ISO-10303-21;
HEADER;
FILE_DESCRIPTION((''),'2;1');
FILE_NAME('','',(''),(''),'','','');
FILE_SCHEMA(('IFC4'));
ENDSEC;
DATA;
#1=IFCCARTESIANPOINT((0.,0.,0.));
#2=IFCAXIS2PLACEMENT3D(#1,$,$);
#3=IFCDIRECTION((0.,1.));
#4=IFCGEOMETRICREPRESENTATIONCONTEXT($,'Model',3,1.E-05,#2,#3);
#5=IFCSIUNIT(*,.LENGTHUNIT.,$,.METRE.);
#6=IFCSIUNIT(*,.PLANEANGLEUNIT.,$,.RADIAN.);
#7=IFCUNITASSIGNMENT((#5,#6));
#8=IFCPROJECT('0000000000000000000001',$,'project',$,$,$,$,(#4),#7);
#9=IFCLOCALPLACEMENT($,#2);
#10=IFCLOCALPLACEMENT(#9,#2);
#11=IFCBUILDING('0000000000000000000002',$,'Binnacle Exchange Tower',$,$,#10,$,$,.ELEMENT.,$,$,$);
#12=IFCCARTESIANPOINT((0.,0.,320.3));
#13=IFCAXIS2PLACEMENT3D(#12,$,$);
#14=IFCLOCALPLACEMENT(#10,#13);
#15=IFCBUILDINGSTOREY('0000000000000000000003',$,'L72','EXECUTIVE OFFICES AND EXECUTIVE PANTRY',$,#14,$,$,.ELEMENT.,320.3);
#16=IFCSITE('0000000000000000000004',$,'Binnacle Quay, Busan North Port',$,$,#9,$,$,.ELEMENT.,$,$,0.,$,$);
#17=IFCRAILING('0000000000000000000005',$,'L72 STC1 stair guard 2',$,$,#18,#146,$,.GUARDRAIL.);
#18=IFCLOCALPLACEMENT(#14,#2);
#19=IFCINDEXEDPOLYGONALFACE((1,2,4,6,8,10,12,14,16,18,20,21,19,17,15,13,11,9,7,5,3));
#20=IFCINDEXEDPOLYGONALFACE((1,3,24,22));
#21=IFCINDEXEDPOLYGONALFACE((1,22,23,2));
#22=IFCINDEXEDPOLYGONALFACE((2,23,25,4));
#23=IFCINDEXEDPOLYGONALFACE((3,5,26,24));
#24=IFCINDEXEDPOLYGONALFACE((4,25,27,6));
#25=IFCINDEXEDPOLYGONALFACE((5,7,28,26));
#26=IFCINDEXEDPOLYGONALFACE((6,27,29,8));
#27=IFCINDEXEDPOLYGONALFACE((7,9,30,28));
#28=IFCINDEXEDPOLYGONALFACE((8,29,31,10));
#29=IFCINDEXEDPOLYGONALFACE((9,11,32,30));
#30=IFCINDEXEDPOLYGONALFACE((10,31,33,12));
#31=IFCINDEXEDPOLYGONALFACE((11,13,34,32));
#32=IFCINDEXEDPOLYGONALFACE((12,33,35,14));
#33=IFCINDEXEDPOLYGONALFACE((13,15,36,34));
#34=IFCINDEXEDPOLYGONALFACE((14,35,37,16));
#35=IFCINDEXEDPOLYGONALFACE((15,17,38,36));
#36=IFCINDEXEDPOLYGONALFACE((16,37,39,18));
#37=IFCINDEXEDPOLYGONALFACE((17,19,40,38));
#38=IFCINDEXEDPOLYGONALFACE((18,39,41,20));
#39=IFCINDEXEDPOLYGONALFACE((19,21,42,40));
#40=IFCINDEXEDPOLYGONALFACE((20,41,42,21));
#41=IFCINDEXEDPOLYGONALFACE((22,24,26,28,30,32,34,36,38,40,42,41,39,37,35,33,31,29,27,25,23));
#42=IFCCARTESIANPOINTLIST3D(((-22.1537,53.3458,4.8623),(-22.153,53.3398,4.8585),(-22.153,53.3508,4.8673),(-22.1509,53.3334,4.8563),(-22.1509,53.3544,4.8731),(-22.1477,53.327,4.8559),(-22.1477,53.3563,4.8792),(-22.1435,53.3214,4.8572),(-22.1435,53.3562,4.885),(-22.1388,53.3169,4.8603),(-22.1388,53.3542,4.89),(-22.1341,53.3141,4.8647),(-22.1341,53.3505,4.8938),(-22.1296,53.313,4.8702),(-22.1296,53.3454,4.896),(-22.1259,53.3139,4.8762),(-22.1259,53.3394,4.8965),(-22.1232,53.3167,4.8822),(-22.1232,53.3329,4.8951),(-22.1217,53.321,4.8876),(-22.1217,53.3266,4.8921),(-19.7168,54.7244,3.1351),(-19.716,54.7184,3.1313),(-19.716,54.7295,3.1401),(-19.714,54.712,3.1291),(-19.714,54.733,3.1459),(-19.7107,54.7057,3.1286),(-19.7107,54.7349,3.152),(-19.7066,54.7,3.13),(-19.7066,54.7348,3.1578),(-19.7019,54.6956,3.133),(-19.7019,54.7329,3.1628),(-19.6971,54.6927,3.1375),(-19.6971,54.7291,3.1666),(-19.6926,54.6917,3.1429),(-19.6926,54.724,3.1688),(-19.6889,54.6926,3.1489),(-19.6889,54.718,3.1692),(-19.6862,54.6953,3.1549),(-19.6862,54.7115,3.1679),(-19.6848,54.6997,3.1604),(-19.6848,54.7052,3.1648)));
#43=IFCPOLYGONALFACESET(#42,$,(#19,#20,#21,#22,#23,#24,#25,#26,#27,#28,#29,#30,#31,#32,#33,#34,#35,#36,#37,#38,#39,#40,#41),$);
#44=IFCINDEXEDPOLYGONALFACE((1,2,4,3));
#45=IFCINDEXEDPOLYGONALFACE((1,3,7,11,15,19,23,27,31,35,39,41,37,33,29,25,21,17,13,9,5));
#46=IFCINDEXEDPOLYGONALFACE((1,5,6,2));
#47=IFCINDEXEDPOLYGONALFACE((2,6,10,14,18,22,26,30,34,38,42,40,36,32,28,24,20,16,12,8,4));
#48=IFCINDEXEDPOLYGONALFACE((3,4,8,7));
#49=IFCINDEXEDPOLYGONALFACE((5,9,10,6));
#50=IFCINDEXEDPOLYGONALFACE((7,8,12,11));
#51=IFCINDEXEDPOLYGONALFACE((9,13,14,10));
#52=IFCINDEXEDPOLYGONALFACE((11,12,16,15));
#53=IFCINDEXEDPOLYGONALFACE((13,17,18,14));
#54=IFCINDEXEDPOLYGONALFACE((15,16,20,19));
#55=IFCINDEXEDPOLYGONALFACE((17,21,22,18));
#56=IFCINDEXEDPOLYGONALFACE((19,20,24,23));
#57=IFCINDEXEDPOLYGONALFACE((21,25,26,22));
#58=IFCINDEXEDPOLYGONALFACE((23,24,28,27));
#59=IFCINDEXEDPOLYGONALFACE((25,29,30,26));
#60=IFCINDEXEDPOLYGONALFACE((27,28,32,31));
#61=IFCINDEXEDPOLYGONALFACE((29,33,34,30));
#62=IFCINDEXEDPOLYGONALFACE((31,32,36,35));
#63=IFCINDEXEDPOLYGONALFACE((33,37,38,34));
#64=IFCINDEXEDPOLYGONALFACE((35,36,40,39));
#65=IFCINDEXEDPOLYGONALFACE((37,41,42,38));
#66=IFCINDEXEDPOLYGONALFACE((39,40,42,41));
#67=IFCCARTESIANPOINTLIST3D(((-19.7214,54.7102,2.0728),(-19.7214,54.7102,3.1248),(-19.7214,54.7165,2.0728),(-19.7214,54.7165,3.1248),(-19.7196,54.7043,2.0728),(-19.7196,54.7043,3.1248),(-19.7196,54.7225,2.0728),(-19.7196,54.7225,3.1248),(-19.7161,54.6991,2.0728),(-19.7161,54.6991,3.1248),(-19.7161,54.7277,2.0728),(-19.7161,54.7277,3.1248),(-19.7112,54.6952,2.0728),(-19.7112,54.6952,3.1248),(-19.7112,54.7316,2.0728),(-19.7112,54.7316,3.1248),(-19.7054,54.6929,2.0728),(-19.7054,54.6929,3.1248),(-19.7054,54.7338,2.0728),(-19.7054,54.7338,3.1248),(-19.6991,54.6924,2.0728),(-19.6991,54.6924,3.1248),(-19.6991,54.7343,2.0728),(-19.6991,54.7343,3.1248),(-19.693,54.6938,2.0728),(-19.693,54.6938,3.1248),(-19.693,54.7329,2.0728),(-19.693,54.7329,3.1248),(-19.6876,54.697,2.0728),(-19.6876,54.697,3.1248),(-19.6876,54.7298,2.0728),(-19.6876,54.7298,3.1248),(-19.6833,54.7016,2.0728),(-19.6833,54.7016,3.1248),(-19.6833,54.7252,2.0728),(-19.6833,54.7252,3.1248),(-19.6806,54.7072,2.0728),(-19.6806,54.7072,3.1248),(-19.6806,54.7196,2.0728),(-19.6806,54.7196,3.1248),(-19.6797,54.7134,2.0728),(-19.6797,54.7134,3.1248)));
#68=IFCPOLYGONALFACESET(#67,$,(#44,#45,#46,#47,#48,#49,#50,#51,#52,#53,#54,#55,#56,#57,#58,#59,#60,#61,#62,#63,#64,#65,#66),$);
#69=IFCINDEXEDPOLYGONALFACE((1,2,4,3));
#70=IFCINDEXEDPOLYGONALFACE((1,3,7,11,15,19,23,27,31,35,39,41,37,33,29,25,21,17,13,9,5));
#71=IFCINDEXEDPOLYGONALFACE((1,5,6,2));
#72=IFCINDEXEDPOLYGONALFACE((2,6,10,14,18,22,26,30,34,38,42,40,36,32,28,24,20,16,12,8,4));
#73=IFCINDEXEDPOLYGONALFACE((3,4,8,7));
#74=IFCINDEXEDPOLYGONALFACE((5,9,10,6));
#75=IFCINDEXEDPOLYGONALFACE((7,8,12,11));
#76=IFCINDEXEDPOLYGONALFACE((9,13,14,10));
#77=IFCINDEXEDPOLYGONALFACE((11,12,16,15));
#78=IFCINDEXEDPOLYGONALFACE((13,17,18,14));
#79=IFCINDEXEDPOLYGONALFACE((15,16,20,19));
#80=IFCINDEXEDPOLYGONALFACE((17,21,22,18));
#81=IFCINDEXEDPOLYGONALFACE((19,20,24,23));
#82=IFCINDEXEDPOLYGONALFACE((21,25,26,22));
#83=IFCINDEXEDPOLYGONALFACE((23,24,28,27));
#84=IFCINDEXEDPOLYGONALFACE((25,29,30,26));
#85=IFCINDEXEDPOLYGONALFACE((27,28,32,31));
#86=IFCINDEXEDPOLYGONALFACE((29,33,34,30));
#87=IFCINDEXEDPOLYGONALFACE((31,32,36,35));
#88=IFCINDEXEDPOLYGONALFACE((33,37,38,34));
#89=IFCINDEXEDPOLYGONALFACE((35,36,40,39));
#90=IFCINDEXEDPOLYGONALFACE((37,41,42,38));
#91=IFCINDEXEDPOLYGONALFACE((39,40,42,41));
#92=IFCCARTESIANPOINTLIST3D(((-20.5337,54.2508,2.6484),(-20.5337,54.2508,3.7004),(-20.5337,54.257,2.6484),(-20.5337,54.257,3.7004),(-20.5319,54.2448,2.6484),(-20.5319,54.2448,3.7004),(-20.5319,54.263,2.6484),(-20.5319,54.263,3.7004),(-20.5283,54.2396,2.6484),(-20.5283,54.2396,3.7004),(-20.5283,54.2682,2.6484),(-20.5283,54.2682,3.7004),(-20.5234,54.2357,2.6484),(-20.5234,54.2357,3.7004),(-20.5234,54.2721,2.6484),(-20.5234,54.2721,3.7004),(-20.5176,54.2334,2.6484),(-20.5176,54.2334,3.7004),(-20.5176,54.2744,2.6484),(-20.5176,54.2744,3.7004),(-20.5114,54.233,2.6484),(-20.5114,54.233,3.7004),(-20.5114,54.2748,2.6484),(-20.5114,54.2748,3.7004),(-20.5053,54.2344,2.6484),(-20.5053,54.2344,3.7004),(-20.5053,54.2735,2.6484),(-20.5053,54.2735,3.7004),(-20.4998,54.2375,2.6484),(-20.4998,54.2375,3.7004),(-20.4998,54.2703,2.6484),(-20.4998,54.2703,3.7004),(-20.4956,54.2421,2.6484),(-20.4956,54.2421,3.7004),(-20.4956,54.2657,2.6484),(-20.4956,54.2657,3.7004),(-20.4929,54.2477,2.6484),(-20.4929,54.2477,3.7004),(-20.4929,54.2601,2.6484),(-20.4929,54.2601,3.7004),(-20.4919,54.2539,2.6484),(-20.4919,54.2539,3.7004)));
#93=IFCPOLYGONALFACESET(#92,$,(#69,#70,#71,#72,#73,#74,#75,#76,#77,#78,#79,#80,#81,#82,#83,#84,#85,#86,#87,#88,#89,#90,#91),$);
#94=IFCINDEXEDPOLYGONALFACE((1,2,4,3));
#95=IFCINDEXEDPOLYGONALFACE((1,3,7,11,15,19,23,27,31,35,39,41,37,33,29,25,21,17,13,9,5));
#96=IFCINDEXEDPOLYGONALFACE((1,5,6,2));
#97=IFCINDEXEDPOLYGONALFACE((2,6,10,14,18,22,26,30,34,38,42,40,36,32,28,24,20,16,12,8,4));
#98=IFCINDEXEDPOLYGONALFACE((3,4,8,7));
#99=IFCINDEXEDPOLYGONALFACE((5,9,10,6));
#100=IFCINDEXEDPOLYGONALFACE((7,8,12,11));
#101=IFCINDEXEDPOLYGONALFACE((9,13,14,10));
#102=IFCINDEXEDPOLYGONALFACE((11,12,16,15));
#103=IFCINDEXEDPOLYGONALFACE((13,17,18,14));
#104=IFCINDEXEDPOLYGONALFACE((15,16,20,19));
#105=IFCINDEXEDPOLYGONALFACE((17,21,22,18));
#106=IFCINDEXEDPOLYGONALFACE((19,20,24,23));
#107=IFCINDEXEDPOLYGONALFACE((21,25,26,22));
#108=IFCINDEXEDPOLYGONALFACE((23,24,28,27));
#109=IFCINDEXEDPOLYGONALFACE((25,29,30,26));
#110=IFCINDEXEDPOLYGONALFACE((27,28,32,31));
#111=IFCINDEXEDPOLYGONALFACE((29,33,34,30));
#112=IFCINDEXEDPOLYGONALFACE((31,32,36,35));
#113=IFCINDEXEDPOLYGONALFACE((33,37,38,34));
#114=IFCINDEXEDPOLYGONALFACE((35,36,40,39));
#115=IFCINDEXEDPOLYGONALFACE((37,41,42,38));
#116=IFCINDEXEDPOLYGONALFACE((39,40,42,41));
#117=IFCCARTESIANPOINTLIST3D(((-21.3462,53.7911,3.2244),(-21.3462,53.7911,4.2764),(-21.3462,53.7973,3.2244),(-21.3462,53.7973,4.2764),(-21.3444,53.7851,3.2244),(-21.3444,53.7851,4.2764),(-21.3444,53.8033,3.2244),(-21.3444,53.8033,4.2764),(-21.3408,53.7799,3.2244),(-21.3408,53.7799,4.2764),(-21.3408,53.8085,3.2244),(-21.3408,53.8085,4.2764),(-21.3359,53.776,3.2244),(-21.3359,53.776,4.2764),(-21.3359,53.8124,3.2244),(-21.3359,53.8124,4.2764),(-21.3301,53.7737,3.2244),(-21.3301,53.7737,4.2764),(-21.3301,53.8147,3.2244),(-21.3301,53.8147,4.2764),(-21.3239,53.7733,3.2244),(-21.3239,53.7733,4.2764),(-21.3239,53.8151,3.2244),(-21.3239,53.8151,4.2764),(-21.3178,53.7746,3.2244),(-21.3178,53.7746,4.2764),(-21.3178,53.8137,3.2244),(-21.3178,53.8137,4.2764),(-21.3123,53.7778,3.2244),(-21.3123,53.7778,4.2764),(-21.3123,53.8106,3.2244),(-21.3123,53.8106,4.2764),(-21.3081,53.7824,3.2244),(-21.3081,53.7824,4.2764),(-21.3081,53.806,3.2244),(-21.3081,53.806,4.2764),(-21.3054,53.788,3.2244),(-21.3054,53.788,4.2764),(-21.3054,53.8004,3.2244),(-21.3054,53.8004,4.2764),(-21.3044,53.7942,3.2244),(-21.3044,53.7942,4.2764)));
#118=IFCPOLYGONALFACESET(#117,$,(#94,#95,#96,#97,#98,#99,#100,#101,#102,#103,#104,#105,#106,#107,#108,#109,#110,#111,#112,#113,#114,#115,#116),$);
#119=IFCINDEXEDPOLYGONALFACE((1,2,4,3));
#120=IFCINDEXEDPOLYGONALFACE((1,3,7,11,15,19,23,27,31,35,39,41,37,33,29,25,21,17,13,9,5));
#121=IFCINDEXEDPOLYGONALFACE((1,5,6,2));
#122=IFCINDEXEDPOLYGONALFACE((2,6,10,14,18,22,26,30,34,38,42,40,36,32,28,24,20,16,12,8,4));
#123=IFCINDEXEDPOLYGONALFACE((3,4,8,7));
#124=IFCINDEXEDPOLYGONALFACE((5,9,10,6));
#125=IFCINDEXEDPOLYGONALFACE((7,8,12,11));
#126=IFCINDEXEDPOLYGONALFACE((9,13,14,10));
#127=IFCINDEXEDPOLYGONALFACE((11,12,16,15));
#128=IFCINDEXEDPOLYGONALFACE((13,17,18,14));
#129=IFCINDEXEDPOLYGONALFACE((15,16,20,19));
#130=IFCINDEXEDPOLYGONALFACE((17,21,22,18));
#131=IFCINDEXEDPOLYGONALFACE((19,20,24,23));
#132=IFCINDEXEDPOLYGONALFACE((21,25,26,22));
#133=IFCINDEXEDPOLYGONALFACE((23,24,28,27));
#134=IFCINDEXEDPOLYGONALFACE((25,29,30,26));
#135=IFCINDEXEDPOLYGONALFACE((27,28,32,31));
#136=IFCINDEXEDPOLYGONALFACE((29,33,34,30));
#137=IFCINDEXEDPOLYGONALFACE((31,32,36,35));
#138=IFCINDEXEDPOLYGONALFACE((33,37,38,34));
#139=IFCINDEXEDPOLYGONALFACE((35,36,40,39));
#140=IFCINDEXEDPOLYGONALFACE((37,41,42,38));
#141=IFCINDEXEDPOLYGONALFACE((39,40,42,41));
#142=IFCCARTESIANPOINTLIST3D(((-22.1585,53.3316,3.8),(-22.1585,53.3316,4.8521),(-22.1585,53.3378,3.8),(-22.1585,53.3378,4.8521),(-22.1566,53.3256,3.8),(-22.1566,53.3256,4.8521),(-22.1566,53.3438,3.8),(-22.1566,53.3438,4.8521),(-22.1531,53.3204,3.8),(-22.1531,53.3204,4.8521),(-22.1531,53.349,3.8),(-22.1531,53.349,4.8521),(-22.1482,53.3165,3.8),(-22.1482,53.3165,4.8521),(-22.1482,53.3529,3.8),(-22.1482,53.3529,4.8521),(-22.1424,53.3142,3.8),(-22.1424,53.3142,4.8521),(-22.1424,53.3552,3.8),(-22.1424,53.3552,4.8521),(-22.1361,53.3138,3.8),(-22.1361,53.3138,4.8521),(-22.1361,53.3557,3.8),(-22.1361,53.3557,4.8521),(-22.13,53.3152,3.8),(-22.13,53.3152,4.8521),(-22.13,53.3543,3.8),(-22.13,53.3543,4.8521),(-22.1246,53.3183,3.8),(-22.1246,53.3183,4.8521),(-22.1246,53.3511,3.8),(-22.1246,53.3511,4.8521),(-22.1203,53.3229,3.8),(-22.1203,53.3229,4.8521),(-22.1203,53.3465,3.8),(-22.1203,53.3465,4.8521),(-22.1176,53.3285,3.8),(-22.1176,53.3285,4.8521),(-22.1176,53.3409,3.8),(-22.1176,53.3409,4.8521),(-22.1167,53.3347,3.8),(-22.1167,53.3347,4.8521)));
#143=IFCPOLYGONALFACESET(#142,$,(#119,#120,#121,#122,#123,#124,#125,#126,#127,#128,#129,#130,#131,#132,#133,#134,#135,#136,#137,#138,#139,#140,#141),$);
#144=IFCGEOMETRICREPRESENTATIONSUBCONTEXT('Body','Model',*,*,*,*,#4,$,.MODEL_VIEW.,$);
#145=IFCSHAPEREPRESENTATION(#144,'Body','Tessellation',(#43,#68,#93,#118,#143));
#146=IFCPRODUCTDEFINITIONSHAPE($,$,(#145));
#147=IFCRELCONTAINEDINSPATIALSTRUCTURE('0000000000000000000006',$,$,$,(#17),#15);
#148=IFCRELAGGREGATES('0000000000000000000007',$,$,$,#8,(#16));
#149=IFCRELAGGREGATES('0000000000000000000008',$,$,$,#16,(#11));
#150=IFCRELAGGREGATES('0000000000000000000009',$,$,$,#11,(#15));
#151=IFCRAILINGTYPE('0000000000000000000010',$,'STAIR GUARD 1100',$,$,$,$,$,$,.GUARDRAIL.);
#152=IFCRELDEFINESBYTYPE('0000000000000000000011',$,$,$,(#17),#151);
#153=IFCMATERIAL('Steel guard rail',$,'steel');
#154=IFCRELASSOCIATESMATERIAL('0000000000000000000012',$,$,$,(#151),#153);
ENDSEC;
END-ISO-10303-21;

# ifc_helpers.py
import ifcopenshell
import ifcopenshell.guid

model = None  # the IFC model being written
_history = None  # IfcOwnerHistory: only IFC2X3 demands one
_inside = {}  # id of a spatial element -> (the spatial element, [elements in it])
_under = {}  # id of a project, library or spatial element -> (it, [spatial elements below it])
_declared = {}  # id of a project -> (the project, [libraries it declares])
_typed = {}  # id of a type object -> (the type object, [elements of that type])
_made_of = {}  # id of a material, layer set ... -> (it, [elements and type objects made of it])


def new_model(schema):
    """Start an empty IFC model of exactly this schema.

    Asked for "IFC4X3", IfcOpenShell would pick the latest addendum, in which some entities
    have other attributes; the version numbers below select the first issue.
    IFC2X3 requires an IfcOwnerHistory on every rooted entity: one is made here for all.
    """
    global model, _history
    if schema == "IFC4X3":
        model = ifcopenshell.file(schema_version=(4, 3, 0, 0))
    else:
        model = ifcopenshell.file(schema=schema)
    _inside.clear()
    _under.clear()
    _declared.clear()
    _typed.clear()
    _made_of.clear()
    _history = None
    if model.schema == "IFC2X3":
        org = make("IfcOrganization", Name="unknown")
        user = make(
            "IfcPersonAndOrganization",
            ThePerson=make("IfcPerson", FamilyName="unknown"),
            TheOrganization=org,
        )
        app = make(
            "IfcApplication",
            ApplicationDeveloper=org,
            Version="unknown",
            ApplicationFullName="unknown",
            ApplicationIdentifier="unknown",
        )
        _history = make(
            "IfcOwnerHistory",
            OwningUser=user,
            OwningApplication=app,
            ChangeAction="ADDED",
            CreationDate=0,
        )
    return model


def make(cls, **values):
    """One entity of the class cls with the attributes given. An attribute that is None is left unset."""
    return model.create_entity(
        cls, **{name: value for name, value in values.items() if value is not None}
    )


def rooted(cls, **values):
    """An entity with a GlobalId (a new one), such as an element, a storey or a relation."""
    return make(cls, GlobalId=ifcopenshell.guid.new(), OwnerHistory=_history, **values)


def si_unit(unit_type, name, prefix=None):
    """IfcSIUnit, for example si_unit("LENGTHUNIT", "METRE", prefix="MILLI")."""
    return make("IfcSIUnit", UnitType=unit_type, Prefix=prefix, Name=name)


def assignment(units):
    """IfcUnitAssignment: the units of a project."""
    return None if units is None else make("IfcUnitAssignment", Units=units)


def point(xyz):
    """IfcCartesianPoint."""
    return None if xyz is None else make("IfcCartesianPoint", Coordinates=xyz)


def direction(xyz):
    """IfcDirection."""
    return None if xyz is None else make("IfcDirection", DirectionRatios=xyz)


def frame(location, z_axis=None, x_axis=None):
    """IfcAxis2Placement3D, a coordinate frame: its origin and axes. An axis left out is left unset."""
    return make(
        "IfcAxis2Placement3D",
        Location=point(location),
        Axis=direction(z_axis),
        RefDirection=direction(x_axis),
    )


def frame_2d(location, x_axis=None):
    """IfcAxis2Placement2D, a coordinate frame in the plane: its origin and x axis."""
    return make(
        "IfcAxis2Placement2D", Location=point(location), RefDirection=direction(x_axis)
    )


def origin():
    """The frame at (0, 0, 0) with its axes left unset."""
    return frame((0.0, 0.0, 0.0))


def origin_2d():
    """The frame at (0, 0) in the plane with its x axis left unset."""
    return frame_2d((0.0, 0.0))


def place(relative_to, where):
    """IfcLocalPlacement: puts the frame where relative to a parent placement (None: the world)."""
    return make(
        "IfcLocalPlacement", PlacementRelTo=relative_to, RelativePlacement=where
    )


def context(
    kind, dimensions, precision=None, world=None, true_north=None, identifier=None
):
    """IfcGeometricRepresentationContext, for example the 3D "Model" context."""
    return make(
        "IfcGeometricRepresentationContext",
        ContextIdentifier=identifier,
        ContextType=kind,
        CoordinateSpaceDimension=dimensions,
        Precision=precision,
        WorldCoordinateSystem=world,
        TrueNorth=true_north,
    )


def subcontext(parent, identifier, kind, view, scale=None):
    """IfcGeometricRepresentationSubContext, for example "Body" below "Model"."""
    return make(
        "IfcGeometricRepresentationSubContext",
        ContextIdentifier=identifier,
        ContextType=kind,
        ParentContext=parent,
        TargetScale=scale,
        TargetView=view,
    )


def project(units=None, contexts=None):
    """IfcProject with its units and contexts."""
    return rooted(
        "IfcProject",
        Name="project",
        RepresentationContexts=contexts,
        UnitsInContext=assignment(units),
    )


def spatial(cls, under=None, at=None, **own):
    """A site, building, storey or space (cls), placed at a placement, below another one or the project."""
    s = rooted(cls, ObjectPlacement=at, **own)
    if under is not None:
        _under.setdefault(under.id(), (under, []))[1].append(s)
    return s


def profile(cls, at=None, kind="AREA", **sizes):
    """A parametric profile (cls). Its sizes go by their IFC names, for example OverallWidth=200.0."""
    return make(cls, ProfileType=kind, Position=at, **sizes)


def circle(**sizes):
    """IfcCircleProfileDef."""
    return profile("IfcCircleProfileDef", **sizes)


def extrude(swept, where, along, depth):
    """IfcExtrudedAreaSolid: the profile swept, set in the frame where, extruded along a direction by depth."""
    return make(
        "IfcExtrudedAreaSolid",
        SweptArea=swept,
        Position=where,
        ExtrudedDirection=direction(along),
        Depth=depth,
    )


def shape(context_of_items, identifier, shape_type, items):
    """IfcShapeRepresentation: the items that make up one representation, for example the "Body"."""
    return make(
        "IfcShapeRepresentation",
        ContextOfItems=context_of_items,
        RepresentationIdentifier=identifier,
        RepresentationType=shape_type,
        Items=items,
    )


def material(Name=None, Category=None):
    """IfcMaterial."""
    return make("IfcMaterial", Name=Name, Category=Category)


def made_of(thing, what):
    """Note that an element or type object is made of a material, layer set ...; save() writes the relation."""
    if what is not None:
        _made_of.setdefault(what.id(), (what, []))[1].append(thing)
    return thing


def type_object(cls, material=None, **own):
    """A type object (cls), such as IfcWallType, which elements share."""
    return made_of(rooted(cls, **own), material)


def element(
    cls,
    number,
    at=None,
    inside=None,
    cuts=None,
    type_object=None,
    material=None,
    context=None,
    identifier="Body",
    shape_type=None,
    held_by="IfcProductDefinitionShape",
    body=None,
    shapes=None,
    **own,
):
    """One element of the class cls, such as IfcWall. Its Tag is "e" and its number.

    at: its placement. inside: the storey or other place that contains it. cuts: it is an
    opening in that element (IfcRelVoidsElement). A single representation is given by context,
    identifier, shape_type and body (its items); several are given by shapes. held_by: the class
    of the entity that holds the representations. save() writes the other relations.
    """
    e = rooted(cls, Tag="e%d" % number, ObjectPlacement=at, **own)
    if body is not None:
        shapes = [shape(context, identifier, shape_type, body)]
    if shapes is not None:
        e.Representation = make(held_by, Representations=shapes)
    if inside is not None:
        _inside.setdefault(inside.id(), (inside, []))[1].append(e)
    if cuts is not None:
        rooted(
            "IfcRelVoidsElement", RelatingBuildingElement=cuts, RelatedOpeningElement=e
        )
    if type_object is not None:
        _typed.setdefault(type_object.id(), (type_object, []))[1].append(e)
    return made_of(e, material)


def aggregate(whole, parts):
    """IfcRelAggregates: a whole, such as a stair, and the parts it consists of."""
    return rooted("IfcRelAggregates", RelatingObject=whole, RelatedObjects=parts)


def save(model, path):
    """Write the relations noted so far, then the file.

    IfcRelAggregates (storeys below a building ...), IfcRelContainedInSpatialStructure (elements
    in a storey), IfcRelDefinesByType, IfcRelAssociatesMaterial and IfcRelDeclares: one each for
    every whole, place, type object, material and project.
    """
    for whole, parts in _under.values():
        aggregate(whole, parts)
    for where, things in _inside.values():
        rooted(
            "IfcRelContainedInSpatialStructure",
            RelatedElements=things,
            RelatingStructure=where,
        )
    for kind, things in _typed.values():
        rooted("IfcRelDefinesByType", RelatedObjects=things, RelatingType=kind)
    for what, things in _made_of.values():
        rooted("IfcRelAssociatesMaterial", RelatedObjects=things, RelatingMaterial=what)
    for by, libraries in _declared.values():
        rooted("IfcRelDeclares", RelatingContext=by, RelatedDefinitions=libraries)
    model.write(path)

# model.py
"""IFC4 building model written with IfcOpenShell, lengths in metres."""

from ifc_helpers import new_model, si_unit, direction, frame, origin, origin_2d, place, context, subcontext, project, spatial, circle, extrude, material, type_object, element, save


model = new_model("IFC4")

# Units and contexts
model_context = context("Model", 3, precision=1e-05, world=origin(), true_north=direction((0.0, 1.0)))
body_context = subcontext(model_context, "Body", "Model", "MODEL_VIEW")
ifc_project = project(units=[si_unit("LENGTHUNIT", "METRE"), si_unit("PLANEANGLEUNIT", "RADIAN")], contexts=[model_context])

# Site, building, storey
site_placement = place(None, origin())
site = spatial("IfcSite", under=ifc_project, at=site_placement, Name="Binnacle Quay, Busan North Port", CompositionType="ELEMENT", RefElevation=0.0)
building_placement = place(site_placement, origin())
building = spatial("IfcBuilding", under=site, at=building_placement, Name="Binnacle Exchange Tower", CompositionType="ELEMENT")
storey_placement = place(building_placement, frame((0.0, 0.0, 320.3)))
storey = spatial("IfcBuildingStorey", under=building, at=storey_placement, Name="L72", Description="EXECUTIVE OFFICES AND EXECUTIVE PANTRY", CompositionType="ELEMENT", Elevation=320.3)

# Railing
ifc_material_1 = material(Name="Steel guard rail", Category="steel")
railing_type_1 = type_object("IfcRailingType", Name="STAIR GUARD 1100", PredefinedType="GUARDRAIL", material=ifc_material_1)
railing_1_placement = place(storey_placement, frame((-19.7007, 54.7134, 2.0728)))
element("IfcRailing", 1, at=railing_1_placement, inside=storey, type_object=railing_type_1, Name="L72 STC1 stair guard 2", PredefinedType="GUARDRAIL", context=body_context, shape_type="SweptSolid", body=[
    extrude(circle(Radius=0.0239, at=origin_2d()), frame((0.0, 0.0, 1.0762), z_axis=(-0.740761, -0.419062, 0.525033), x_axis=(0.492388, -0.870376, 0.0)), (0.0, 0.0, 1.0), 3.2898),
    extrude(circle(Radius=0.021, at=origin_2d()), origin(), (0.0, 0.0, 1.0), 1.052),
    extrude(circle(Radius=0.021, at=origin_2d()), frame((-0.8123, -0.4595, 0.5757)), (0.0, 0.0, 1.0), 1.052),
    extrude(circle(Radius=0.021, at=origin_2d()), frame((-1.6248, -0.9192, 1.1516)), (0.0, 0.0, 1.0), 1.052),
    extrude(circle(Radius=0.021, at=origin_2d()), frame((-2.437, -1.3787, 1.7273)), (0.0, 0.0, 1.0), 1.052),
])

save(model, "model.ifc")
